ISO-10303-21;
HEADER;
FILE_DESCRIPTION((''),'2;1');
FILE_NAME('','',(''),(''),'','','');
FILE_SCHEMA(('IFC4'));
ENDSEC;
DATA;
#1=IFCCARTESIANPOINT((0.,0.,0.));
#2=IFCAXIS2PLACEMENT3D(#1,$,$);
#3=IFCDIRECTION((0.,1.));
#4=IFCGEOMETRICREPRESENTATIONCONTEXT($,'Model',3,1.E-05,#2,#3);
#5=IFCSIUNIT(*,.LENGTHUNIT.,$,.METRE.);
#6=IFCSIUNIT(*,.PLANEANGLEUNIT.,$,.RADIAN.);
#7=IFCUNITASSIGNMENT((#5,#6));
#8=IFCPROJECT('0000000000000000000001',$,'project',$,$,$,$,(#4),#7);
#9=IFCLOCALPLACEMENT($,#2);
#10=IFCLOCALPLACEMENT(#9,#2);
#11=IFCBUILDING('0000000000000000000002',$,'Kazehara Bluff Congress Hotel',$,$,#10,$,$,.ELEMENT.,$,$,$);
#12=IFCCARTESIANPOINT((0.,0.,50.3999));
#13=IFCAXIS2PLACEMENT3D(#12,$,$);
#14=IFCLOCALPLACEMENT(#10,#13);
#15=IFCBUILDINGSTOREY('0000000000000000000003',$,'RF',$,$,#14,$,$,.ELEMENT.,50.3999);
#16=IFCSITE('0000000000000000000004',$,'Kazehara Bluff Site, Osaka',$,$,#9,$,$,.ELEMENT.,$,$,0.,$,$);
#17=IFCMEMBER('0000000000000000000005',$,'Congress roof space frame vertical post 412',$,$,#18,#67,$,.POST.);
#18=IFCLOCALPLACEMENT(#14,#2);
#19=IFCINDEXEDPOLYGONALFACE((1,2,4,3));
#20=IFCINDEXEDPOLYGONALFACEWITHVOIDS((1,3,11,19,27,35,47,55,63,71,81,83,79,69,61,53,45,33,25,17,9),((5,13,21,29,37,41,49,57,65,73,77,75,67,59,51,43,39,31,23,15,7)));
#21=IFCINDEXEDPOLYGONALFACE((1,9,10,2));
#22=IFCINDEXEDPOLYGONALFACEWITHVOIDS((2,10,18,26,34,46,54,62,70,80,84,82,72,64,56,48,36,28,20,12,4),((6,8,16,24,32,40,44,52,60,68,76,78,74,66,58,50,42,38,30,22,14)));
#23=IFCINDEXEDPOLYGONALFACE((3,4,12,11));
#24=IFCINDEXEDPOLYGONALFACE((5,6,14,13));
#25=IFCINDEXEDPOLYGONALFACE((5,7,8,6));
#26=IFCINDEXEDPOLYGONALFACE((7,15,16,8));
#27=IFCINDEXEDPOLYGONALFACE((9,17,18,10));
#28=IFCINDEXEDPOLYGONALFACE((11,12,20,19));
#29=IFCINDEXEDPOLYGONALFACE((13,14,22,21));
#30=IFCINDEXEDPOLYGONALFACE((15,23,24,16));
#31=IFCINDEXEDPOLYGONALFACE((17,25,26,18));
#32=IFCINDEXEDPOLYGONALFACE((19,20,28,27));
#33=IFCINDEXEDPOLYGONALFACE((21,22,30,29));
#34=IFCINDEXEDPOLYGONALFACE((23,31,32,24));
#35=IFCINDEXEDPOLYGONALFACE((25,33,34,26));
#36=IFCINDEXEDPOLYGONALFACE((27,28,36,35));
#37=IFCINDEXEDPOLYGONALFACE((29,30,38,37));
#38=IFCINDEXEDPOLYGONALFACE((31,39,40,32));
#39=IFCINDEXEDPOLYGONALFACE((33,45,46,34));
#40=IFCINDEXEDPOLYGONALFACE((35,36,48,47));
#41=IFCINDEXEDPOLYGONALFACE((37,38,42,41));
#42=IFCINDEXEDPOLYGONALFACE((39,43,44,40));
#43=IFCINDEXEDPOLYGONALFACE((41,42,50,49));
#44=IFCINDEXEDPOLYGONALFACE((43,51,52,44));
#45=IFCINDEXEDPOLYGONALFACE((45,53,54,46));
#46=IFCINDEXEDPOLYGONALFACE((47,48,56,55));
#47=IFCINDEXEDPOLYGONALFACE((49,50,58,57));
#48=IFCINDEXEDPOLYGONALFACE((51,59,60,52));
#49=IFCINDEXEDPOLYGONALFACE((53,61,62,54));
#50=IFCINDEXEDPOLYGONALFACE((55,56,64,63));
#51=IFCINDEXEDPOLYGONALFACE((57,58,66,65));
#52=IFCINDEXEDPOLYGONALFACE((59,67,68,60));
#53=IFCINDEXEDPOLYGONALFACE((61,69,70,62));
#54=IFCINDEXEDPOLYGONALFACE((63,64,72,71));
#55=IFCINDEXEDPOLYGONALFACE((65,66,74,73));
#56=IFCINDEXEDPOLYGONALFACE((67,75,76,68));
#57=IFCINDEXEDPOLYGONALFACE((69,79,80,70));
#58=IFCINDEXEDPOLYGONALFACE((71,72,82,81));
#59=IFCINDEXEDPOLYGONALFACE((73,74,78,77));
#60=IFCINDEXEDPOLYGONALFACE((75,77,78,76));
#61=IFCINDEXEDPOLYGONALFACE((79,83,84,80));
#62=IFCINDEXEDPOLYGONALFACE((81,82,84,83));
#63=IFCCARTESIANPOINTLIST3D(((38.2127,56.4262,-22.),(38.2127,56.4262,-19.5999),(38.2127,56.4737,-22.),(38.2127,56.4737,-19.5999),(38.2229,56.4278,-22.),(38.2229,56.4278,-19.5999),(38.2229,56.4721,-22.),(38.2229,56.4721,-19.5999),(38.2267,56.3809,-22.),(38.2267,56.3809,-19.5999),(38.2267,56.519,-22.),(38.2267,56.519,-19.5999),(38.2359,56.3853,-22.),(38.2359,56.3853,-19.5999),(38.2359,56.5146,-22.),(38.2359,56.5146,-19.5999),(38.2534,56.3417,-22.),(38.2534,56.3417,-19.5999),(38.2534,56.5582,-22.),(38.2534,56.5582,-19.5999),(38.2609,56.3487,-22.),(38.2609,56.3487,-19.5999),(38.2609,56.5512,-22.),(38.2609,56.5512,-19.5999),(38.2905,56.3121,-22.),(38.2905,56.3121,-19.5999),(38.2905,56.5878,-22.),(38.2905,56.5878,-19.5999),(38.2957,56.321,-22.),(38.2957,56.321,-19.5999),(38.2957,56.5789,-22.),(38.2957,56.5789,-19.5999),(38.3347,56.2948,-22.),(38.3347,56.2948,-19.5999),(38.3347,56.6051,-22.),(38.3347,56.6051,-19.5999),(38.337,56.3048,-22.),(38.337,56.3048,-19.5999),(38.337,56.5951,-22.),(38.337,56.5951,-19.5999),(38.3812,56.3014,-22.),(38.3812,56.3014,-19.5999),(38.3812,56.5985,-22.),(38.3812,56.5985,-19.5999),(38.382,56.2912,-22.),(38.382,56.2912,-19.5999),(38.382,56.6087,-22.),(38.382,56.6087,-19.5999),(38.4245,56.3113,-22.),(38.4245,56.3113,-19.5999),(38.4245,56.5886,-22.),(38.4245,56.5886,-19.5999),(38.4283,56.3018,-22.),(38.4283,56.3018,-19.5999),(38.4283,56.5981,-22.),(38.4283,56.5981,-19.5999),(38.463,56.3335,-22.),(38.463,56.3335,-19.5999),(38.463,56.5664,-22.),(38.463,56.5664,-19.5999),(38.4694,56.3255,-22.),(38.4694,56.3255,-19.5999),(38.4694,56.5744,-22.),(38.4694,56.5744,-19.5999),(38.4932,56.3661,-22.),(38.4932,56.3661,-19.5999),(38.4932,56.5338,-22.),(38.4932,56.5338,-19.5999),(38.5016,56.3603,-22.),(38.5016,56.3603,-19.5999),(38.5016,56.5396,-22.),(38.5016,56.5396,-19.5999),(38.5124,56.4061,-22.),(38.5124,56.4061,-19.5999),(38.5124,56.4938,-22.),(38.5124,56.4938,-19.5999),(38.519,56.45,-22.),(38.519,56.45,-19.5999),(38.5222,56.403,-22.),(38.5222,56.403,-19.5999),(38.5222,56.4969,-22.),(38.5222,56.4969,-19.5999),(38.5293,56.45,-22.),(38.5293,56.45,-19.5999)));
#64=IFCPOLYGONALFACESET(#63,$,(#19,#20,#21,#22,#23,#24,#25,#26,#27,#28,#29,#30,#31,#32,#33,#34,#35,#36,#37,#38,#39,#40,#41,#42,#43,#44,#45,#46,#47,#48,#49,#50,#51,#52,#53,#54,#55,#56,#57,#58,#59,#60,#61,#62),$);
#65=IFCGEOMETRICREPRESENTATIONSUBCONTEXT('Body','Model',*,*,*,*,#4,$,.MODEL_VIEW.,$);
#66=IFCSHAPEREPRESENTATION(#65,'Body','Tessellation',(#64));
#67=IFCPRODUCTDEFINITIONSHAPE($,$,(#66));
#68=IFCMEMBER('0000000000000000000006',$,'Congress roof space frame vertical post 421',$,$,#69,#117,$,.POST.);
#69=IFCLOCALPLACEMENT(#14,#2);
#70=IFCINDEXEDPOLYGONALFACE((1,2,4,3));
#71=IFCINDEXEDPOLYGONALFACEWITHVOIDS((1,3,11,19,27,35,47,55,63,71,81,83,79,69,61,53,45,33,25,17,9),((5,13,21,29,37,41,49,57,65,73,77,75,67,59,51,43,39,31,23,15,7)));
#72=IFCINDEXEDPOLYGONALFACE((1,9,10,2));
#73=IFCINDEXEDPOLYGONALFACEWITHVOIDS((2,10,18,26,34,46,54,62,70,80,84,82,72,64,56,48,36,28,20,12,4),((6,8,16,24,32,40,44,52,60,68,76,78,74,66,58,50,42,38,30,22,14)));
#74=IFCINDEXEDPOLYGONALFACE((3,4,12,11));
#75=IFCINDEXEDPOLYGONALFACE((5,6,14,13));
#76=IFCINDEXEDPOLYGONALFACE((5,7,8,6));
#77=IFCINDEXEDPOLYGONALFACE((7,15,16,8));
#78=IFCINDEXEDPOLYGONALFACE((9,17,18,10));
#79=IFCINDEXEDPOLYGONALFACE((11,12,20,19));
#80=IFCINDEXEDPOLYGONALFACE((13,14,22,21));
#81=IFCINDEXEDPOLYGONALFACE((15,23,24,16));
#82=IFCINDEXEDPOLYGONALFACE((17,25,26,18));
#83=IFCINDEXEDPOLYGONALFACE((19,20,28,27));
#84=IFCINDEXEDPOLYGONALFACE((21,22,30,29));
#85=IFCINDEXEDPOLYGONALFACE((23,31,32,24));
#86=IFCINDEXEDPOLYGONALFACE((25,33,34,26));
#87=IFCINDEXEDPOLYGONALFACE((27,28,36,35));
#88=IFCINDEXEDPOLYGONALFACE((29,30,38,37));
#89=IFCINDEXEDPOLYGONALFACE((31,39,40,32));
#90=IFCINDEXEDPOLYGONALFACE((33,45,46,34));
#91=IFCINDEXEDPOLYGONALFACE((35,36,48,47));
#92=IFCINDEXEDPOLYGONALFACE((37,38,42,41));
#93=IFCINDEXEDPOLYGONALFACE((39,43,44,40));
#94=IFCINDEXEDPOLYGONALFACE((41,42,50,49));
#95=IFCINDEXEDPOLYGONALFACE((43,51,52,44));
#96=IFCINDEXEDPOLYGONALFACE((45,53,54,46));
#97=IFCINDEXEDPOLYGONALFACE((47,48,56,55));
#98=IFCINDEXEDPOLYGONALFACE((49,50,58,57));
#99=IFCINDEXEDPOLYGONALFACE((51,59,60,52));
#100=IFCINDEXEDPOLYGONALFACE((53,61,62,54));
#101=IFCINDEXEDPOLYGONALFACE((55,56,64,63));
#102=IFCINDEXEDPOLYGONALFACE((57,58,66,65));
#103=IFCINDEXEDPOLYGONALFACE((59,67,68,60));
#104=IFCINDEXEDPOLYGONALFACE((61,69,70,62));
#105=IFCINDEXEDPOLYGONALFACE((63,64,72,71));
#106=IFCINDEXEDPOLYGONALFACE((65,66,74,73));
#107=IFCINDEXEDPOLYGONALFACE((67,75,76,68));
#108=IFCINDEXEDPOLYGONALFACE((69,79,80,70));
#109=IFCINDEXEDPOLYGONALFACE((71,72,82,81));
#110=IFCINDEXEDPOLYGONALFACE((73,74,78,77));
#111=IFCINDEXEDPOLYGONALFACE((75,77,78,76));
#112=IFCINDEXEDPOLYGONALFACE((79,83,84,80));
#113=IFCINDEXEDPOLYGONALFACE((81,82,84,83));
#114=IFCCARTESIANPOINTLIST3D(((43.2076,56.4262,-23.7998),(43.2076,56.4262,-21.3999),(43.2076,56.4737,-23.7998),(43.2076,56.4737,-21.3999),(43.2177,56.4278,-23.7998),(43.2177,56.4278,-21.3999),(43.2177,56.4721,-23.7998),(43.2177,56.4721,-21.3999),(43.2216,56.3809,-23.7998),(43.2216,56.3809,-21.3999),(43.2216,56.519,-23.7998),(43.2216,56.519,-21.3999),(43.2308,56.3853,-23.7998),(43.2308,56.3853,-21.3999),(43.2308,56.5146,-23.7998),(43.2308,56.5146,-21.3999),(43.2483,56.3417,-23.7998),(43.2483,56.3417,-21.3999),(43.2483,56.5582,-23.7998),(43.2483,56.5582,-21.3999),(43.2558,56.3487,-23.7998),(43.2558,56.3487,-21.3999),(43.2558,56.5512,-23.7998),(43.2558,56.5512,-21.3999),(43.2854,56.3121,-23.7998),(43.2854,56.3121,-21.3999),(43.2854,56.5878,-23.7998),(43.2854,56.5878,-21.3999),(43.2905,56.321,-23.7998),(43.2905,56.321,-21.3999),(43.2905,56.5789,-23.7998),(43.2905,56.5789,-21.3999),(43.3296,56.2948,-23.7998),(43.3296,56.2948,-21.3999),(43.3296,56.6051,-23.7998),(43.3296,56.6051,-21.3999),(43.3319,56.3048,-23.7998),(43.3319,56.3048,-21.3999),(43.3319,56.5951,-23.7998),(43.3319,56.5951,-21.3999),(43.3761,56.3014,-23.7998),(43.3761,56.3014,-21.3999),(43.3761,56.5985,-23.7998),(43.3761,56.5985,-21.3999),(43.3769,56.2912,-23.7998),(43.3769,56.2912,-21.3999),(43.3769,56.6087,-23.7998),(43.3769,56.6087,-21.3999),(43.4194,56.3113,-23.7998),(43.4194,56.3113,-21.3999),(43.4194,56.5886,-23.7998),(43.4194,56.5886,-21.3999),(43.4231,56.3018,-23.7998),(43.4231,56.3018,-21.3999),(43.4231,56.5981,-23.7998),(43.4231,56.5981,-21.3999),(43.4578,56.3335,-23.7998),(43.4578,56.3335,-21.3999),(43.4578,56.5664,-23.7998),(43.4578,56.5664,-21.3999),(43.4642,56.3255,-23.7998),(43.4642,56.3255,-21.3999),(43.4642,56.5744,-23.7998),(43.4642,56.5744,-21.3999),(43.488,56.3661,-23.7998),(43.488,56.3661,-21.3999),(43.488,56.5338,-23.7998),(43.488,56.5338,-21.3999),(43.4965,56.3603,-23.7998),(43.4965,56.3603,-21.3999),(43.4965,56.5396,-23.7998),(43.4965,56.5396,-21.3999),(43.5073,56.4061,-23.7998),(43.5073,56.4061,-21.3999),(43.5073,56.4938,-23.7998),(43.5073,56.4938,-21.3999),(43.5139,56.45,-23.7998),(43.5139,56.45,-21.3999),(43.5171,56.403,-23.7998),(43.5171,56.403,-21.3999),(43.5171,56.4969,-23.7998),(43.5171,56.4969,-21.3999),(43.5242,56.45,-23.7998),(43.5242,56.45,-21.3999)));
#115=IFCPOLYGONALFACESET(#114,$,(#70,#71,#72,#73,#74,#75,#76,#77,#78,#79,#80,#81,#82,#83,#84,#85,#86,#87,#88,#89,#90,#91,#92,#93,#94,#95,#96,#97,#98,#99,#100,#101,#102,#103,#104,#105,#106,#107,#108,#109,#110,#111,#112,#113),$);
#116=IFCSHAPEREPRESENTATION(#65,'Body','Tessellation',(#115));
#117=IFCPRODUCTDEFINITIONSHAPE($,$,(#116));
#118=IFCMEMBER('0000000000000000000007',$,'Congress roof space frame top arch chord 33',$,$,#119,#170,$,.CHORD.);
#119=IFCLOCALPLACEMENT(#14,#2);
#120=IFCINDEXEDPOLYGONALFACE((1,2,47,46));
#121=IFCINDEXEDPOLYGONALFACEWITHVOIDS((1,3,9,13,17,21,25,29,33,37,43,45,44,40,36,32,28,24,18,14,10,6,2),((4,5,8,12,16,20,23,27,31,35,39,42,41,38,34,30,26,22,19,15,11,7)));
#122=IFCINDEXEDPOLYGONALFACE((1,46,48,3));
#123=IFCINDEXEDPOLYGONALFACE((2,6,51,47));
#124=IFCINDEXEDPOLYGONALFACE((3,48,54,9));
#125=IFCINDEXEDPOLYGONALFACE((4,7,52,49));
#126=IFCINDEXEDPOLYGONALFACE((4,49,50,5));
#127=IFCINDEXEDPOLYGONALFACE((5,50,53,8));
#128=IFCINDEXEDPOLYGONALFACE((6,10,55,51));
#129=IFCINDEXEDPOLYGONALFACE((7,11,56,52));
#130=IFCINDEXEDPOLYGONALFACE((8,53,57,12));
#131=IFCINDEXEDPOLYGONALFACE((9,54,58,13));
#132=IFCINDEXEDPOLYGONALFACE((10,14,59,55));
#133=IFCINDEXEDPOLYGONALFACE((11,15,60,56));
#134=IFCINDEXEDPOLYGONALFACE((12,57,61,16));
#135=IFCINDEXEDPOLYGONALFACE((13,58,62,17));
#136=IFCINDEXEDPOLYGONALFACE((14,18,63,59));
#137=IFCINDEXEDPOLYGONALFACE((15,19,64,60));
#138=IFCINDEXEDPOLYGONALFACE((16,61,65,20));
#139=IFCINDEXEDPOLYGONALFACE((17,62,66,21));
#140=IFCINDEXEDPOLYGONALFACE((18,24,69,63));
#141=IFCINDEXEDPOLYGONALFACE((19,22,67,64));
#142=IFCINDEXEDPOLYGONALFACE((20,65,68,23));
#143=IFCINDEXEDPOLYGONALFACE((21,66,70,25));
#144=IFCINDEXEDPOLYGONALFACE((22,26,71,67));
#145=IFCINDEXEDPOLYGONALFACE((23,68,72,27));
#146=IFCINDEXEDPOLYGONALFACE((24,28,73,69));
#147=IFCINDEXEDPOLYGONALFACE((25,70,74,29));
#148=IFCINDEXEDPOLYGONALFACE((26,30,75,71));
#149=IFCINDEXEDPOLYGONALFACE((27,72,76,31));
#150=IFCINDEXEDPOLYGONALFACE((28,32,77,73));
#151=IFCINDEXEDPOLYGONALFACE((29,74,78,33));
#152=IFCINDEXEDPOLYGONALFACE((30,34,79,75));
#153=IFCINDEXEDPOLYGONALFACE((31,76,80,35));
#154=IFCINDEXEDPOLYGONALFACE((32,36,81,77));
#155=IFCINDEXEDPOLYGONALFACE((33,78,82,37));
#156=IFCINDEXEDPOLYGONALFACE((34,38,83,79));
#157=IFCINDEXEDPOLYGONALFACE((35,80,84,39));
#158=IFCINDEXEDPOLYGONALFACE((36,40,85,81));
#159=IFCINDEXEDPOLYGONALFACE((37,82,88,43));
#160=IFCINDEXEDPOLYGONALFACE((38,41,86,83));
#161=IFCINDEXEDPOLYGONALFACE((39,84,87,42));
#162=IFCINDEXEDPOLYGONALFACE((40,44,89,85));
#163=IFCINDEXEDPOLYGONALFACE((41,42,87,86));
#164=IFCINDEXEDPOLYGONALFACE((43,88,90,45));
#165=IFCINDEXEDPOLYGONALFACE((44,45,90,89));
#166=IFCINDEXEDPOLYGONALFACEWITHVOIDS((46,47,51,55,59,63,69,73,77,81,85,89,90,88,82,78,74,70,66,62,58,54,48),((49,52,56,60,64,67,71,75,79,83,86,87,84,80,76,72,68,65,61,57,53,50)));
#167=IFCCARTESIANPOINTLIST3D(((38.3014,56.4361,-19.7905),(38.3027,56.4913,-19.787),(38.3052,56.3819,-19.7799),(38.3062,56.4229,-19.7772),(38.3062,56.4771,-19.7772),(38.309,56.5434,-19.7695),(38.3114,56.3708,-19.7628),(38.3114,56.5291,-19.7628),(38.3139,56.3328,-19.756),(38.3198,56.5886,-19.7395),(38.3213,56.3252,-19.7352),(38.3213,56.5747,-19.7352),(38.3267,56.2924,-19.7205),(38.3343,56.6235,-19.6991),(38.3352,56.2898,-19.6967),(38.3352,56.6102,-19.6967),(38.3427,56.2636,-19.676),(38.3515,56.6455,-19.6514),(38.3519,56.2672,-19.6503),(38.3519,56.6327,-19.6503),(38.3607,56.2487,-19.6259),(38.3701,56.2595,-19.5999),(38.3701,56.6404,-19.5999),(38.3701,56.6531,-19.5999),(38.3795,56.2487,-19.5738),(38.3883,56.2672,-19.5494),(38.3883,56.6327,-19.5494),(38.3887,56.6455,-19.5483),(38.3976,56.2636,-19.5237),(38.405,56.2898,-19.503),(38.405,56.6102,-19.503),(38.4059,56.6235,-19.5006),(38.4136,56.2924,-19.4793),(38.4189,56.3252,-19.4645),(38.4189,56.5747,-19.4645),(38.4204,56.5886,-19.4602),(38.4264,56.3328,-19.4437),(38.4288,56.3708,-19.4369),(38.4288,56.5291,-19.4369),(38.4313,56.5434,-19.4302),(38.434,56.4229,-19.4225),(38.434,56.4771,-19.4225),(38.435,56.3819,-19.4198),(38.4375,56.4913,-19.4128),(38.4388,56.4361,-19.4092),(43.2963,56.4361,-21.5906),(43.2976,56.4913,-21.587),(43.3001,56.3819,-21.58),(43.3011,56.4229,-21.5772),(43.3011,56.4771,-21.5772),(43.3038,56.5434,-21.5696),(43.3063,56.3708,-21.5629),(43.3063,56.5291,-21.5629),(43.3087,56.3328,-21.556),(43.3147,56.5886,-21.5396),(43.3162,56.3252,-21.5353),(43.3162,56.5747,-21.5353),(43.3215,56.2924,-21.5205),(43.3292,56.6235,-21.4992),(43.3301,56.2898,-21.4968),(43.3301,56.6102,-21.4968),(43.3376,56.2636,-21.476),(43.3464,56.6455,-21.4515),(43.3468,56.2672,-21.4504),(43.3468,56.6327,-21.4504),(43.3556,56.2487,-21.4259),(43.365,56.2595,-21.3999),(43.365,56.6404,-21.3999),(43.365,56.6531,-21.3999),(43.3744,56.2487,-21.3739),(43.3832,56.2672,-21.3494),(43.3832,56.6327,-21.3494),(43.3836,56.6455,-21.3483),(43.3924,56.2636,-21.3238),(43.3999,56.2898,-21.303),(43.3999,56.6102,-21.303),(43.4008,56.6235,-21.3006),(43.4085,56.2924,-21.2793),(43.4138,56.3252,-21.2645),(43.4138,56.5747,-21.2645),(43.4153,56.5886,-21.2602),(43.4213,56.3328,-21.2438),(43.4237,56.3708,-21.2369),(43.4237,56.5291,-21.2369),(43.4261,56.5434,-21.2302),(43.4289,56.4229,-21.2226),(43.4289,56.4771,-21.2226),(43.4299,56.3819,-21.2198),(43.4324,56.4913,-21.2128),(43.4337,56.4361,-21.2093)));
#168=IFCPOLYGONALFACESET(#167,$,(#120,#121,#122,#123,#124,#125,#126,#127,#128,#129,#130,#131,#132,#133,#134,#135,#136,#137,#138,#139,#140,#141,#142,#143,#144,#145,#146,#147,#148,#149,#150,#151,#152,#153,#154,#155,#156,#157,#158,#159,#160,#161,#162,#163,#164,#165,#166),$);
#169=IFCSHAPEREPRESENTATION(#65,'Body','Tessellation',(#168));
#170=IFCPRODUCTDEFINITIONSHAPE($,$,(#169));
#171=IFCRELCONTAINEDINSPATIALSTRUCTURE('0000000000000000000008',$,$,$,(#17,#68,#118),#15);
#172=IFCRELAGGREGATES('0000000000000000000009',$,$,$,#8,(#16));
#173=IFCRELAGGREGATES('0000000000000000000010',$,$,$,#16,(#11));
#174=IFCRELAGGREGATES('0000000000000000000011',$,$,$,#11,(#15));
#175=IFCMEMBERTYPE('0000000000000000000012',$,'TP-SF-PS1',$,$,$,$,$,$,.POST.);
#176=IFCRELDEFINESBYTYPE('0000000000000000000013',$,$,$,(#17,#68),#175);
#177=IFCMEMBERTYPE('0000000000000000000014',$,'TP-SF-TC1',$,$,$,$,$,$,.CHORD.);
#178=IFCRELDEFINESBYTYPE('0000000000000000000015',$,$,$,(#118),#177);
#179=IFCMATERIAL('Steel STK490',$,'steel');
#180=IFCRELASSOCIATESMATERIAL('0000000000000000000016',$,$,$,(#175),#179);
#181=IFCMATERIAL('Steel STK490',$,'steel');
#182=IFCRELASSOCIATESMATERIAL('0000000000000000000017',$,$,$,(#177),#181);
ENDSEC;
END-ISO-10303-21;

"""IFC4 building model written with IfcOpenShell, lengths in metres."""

from ifc_helpers import new_model, si_unit, direction, frame, origin, origin_2d, place, context, subcontext, project, spatial, hollow_circle, extrude, material, material_profile, profile_set, type_object, element, save


model = new_model("IFC4")

# Units and contexts
model_context = context("Model", 3, precision=1e-05, world=origin(), true_north=direction((0.0, 1.0)))
body_context = subcontext(model_context, "Body", "Model", "MODEL_VIEW")
ifc_project = project(units=[si_unit("LENGTHUNIT", "METRE"), si_unit("PLANEANGLEUNIT", "RADIAN")], contexts=[model_context])

# Site, building, storey
site_placement = place(None, origin())
site = spatial("IfcSite", under=ifc_project, at=site_placement, Name="Kazehara Bluff Site, Osaka", CompositionType="ELEMENT", RefElevation=0.0)
building_placement = place(site_placement, origin())
building = spatial("IfcBuilding", under=site, at=building_placement, Name="Kazehara Bluff Congress Hotel", CompositionType="ELEMENT")
storey_placement = place(building_placement, frame((0.0, 0.0, 50.3999)))
storey = spatial("IfcBuildingStorey", under=building, at=storey_placement, Name="RF", CompositionType="ELEMENT", Elevation=50.3999)

# Members
ifc_material_1 = material(Name="Steel STK490", Category="steel")
ifc_material_profile_1 = material_profile(ifc_material_1, hollow_circle(Radius=0.1592, WallThickness=0.0103, at=origin_2d()))
ifc_profile_set_1 = profile_set([ifc_material_profile_1], Name="Steel STK490")
member_type_1 = type_object("IfcMemberType", Name="TP-SF-PS1", PredefinedType="POST", material=ifc_profile_set_1)
for number, where, z_axis, x_axis, name in (
    (1, (38.3701, 56.45, -22.0), (0.0, 0.0, 1.0), (1.0, 0.0, 0.0), "Congress roof space frame vertical post 412"),
):
    element("IfcMember", number, at=place(storey_placement, frame(where, z_axis=z_axis, x_axis=x_axis)), inside=storey, type_object=member_type_1, Name=name, PredefinedType="POST", context=body_context, shape_type="SweptSolid", body=[
        extrude(hollow_circle(Radius=0.1592, WallThickness=0.0103, at=origin_2d()), origin(), (0.0, 0.0, 1.0), 2.4001),
    ])
member_1_placement = place(storey_placement, frame((43.365, 56.45, -23.7998), z_axis=(0.0, 0.0, 1.0), x_axis=(1.0, 0.0, 0.0)))
element("IfcMember", 2, at=member_1_placement, inside=storey, type_object=member_type_1, Name="Congress roof space frame vertical post 421", PredefinedType="POST", context=body_context, shape_type="SweptSolid", body=[
    extrude(hollow_circle(Radius=0.1592, WallThickness=0.0103, at=origin_2d()), origin(), (0.0, 0.0, 1.0), 2.3999),
])
ifc_material_2 = material(Name="Steel STK490", Category="steel")
ifc_material_profile_2 = material_profile(ifc_material_2, hollow_circle(Radius=0.2031, WallThickness=0.0127, at=origin_2d()))
ifc_profile_set_2 = profile_set([ifc_material_profile_2], Name="Steel STK490")
member_type_2 = type_object("IfcMemberType", Name="TP-SF-TC1", PredefinedType="CHORD", material=ifc_profile_set_2)
member_2_placement = place(storey_placement, frame((38.3701, 56.45, -19.5999), z_axis=(0.940774, 0.0, -0.339035), x_axis=(0.0, 1.0, 0.0)))
element("IfcMember", 3, at=member_2_placement, inside=storey, type_object=member_type_2, Name="Congress roof space frame top arch chord 33", PredefinedType="CHORD", context=body_context, shape_type="SweptSolid", body=[
    extrude(hollow_circle(Radius=0.2031, WallThickness=0.0127, at=origin_2d()), origin(), (0.0, 0.0, 1.0), 5.3093),
])

save(model, "model.ifc")
